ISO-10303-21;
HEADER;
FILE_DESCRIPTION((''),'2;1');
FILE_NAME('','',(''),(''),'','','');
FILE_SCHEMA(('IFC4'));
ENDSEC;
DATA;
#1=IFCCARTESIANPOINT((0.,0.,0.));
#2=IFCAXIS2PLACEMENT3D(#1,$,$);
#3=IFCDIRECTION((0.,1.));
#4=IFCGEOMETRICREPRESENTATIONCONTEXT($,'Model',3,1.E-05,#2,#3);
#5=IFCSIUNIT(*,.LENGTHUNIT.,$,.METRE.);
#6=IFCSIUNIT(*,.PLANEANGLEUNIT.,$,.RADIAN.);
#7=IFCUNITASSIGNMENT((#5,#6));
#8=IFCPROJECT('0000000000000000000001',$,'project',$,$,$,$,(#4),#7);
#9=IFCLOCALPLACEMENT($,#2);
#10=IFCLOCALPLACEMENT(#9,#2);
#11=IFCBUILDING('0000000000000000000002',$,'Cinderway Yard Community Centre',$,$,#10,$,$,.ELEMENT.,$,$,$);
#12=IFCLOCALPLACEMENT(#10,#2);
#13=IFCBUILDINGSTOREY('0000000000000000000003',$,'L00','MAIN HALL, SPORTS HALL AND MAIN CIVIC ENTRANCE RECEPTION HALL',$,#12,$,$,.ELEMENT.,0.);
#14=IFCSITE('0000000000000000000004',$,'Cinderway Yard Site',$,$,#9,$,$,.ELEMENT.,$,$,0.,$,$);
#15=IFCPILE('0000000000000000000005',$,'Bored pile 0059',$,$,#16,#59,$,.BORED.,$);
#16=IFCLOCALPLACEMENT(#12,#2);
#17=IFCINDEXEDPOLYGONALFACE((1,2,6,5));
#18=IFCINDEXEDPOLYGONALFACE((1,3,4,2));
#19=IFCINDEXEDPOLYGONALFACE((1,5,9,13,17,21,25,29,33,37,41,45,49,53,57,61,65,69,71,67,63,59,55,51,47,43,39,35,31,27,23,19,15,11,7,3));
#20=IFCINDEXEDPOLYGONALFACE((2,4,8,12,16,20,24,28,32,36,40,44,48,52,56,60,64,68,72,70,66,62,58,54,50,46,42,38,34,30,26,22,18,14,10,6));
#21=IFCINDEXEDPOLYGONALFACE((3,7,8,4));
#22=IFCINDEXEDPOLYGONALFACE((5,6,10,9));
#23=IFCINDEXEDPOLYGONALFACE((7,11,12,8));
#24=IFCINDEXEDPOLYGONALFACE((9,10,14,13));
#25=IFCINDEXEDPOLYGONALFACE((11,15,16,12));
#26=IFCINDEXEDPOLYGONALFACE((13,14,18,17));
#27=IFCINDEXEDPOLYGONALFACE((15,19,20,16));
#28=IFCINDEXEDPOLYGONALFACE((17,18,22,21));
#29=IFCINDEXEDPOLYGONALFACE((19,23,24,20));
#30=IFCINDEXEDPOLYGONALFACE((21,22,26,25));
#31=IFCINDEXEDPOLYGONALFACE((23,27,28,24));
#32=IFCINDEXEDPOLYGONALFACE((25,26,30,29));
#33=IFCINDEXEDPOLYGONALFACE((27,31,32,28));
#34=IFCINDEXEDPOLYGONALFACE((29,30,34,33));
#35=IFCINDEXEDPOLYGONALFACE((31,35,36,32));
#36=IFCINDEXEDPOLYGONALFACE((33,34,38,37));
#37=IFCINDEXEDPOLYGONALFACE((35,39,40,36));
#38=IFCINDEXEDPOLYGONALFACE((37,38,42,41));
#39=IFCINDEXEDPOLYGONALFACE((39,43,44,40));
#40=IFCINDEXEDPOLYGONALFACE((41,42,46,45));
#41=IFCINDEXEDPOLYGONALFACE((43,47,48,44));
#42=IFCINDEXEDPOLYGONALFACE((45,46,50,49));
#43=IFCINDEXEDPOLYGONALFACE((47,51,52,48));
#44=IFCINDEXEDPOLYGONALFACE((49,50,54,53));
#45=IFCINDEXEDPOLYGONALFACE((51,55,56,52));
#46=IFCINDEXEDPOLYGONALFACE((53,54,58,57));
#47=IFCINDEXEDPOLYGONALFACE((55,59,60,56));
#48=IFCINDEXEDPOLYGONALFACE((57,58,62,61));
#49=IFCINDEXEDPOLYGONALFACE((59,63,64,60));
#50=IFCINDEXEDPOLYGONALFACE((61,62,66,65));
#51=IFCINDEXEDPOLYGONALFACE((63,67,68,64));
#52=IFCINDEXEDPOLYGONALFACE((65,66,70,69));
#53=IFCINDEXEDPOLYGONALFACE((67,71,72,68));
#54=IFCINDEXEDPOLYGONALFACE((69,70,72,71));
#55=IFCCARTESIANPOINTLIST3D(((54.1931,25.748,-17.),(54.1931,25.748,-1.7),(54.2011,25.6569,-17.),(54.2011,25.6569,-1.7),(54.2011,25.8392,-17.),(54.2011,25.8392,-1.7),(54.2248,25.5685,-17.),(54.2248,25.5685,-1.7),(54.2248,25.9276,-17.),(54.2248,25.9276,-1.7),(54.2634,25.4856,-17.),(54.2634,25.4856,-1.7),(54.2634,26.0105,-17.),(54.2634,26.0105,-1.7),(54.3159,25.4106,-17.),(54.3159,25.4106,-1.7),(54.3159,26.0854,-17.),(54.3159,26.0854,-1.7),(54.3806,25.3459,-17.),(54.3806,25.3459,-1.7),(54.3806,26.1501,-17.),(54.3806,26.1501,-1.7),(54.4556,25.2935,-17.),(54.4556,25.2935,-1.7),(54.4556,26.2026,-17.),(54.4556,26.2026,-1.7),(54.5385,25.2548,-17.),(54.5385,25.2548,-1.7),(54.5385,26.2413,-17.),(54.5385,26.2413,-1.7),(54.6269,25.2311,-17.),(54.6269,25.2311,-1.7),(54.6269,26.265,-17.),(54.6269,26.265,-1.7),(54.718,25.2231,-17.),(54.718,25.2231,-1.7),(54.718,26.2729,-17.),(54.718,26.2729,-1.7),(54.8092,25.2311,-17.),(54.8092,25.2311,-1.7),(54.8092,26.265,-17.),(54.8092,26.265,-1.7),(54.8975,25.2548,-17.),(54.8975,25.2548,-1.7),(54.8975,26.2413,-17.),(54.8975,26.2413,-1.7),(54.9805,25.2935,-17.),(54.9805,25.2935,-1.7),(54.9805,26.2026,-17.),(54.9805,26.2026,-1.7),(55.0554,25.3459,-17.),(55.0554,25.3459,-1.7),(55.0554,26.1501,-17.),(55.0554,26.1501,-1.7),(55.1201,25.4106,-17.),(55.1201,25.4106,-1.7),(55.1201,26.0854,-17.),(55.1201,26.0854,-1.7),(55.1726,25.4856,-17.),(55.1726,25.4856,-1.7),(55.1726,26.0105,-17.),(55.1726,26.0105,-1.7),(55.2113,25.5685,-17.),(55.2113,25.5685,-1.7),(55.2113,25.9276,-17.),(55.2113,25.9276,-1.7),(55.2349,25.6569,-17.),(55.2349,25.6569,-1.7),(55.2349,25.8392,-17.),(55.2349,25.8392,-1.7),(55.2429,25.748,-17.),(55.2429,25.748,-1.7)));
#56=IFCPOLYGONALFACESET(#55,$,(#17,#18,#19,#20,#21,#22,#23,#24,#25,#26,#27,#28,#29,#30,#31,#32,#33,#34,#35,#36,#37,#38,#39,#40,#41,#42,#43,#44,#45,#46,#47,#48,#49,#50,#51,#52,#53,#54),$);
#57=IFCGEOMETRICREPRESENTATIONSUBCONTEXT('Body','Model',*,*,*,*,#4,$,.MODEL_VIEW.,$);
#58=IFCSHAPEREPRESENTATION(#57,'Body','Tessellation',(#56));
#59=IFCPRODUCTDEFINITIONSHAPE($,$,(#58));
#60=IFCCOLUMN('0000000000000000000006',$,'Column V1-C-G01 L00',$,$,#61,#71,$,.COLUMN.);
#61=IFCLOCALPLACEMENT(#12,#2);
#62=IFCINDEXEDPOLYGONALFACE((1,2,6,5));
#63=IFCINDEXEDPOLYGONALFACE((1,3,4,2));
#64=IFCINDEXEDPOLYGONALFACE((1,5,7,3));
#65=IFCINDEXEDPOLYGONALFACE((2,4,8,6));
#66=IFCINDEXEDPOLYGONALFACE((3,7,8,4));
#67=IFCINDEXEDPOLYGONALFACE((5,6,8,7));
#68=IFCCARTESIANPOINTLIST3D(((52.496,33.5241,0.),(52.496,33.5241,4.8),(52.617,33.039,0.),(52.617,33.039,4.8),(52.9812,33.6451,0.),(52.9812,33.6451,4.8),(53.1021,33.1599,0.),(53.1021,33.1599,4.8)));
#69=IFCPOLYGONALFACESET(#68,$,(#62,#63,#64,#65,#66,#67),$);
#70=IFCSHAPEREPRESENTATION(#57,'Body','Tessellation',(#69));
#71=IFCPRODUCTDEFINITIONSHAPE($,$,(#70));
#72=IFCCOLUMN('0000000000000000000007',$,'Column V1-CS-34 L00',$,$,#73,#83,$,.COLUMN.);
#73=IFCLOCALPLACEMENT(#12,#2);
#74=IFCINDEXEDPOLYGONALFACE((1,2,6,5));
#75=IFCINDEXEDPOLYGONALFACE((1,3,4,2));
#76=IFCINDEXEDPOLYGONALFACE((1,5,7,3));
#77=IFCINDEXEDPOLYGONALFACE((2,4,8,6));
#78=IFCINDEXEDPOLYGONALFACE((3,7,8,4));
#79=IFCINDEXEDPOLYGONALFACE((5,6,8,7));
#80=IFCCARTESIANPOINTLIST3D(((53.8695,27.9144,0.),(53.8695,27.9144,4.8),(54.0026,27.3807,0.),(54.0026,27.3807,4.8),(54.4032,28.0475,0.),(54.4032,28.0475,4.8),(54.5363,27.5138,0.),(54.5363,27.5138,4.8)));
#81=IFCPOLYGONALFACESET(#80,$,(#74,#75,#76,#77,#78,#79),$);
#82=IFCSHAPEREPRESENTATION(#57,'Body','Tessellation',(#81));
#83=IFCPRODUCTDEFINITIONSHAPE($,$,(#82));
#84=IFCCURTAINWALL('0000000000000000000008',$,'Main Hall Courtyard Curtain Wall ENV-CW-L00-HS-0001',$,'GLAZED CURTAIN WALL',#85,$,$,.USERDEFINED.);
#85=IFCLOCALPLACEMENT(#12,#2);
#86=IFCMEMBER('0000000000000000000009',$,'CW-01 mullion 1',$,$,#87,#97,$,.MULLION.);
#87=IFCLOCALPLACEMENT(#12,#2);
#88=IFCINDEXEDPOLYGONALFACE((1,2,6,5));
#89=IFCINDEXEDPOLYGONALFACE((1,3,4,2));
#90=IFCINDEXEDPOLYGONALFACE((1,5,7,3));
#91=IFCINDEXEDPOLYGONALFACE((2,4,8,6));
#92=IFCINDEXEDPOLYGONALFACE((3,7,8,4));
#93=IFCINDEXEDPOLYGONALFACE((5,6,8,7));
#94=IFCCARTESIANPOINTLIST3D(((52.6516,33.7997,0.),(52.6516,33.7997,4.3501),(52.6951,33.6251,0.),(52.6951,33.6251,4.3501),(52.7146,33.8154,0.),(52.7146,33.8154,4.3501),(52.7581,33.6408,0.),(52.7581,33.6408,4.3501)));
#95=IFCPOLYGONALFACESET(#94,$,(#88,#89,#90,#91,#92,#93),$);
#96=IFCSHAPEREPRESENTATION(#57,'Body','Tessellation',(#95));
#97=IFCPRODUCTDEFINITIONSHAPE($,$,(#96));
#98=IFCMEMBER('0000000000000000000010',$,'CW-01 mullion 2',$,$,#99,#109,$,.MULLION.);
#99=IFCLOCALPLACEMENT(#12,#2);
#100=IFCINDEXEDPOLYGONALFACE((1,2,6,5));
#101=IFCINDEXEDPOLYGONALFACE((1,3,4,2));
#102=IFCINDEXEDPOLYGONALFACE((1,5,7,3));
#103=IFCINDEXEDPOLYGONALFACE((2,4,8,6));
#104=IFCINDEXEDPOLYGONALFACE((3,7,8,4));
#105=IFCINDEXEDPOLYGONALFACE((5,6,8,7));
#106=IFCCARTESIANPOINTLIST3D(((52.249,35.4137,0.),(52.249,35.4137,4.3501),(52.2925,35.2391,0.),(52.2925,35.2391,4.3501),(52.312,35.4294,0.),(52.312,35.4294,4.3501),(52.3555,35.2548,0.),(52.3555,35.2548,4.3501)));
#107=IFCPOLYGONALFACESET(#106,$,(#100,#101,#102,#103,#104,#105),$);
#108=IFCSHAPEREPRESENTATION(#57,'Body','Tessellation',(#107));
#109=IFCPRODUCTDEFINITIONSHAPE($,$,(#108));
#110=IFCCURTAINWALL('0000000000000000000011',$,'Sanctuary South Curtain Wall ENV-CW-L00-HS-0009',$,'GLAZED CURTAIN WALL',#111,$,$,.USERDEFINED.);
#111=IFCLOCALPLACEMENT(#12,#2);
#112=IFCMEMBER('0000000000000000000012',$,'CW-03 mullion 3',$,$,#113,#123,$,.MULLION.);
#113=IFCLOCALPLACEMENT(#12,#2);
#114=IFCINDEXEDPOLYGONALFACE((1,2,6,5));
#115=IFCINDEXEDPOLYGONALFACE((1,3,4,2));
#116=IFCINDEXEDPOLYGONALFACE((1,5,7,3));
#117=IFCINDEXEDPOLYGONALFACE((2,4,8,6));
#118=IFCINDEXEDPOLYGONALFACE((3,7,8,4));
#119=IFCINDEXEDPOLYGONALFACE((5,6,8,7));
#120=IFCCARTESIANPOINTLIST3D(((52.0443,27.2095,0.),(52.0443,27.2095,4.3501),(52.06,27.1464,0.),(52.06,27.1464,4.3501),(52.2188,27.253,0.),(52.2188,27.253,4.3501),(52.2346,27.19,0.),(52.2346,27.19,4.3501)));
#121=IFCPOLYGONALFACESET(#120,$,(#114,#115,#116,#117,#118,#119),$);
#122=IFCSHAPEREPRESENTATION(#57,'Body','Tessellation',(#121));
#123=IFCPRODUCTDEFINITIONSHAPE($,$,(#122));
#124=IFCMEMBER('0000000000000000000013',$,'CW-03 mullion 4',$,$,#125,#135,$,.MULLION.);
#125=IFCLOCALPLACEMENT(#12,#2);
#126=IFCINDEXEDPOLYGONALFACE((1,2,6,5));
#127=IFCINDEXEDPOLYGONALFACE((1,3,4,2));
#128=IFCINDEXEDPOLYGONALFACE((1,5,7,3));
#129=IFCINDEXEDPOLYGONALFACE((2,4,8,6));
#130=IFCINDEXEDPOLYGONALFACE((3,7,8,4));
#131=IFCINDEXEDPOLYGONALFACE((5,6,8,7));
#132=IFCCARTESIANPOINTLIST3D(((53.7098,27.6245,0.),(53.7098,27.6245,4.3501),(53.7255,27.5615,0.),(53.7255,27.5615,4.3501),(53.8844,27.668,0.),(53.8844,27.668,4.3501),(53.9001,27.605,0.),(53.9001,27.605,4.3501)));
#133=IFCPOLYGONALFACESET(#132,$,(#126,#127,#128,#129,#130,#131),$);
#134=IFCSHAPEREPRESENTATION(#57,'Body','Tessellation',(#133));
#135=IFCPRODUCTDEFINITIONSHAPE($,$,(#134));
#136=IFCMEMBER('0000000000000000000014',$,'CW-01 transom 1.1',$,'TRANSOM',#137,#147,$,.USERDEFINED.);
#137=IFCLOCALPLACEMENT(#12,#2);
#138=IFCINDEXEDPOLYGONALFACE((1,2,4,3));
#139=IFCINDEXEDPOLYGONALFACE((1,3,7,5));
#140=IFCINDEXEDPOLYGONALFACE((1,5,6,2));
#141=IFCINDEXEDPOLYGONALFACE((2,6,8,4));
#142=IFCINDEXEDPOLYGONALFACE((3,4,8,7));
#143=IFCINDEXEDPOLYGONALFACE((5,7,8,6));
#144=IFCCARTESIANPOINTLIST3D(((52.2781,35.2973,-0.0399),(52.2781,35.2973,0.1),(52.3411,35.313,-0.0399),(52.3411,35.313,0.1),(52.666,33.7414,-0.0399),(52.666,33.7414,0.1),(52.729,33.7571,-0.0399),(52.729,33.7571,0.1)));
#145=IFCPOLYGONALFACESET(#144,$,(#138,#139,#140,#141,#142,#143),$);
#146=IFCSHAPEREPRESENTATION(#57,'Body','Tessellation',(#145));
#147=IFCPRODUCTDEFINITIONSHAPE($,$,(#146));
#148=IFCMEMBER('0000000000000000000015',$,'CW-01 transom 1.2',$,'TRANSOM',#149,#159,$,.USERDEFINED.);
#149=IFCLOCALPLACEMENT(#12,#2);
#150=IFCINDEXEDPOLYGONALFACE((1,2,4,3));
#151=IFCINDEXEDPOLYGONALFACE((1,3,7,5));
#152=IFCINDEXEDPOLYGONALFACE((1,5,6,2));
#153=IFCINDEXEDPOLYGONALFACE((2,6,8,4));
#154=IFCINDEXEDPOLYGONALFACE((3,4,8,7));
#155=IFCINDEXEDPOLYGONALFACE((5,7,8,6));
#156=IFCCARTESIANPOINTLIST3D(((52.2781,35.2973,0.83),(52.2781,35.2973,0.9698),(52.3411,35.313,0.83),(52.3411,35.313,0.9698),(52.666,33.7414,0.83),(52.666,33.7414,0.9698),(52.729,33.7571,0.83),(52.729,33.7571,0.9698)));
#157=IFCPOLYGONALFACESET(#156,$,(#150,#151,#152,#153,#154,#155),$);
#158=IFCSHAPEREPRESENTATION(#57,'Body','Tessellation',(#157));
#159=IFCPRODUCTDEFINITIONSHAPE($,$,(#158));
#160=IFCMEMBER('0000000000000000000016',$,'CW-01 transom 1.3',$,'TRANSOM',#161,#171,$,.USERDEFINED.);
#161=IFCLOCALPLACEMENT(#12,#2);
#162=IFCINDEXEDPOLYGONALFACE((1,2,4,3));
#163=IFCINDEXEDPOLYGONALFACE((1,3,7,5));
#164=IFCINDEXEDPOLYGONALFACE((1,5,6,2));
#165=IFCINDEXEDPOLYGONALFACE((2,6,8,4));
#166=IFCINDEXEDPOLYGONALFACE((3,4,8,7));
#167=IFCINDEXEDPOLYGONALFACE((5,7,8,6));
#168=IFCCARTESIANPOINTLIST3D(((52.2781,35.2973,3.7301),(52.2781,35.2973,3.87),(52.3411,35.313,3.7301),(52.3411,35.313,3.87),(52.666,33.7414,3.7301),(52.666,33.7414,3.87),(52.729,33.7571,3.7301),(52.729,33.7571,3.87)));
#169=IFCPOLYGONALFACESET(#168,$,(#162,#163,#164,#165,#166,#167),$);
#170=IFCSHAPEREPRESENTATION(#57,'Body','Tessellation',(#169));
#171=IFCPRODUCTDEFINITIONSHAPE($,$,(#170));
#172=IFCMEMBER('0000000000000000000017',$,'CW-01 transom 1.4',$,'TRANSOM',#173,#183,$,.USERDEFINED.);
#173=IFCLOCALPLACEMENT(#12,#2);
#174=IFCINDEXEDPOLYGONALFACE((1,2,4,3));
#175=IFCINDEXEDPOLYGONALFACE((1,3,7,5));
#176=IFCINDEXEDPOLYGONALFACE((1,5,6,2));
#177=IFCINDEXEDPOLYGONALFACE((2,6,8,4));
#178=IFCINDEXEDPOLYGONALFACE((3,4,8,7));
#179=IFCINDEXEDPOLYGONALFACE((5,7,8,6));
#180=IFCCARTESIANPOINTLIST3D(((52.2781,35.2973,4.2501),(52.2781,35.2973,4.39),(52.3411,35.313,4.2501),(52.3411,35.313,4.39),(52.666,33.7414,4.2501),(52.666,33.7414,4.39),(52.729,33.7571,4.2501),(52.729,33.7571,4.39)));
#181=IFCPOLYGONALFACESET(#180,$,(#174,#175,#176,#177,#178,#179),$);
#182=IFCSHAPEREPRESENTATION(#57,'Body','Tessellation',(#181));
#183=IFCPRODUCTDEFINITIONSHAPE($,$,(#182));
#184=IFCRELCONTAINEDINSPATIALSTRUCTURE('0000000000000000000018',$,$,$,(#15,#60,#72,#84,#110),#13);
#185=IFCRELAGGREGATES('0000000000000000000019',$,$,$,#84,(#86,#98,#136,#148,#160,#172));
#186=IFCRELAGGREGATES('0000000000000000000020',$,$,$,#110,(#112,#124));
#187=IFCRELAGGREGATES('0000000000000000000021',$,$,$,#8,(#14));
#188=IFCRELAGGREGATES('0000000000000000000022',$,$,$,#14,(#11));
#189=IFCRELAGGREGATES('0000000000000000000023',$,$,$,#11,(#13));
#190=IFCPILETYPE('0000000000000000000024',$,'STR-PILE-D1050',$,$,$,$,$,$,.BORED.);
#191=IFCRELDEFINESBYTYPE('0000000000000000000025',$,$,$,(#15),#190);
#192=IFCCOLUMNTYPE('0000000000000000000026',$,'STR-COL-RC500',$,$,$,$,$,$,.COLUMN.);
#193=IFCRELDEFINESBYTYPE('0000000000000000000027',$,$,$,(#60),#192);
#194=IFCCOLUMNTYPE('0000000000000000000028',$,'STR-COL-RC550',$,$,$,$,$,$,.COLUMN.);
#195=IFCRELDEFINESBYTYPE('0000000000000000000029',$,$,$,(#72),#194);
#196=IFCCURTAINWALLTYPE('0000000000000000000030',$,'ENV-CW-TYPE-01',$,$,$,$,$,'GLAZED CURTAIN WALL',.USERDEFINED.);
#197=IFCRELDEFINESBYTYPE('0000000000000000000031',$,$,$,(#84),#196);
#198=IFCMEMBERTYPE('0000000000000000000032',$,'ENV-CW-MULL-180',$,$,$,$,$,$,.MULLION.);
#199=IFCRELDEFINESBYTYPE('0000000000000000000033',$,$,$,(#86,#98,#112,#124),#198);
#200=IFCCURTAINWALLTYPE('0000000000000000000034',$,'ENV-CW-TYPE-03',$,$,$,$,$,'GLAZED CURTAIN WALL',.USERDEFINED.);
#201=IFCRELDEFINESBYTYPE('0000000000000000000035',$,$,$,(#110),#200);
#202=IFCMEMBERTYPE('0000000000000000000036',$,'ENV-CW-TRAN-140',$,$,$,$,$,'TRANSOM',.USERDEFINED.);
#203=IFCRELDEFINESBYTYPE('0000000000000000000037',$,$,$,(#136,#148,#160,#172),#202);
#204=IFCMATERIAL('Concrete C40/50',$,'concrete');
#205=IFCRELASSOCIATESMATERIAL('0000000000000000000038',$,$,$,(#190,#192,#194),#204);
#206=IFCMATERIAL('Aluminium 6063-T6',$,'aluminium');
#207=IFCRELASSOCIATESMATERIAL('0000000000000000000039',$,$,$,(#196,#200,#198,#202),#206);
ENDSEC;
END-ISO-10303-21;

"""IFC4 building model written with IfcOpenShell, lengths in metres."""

from ifc_helpers import new_model, si_unit, direction, frame, origin, origin_2d, place, context, subcontext, project, spatial, rectangle, circle, extrude, material, material_profile, profile_set, type_object, element, aggregate, save


model = new_model("IFC4")

# Units and contexts
model_context = context("Model", 3, precision=1e-05, world=origin(), true_north=direction((0.0, 1.0)))
body_context = subcontext(model_context, "Body", "Model", "MODEL_VIEW")
ifc_project = project(units=[si_unit("LENGTHUNIT", "METRE"), si_unit("PLANEANGLEUNIT", "RADIAN")], contexts=[model_context])

# Site, building, storey
site_placement = place(None, origin())
site = spatial("IfcSite", under=ifc_project, at=site_placement, Name="Cinderway Yard Site", CompositionType="ELEMENT", RefElevation=0.0)
building_placement = place(site_placement, origin())
building = spatial("IfcBuilding", under=site, at=building_placement, Name="Cinderway Yard Community Centre", CompositionType="ELEMENT")
storey_placement = place(building_placement, origin())
storey = spatial("IfcBuildingStorey", under=building, at=storey_placement, Name="L00", Description="MAIN HALL, SPORTS HALL AND MAIN CIVIC ENTRANCE RECEPTION HALL", CompositionType="ELEMENT", Elevation=0.0)

# Pile
ifc_material_1 = material(Name="Concrete C40/50", Category="concrete")
ifc_material_profile_1 = material_profile(ifc_material_1, circle(Radius=0.5249, at=origin_2d()), Name="Concrete C40/50")
ifc_profile_set_1 = profile_set([ifc_material_profile_1], Name="Concrete C40/50")
pile_type = type_object("IfcPileType", Name="STR-PILE-D1050", PredefinedType="BORED", material=ifc_profile_set_1)
pile_placement = place(storey_placement, frame((54.718, 25.748, -1.7), z_axis=(0.0, 0.0, -1.0), x_axis=(1.0, 0.0, 0.0)))
element("IfcPile", 1, at=pile_placement, inside=storey, type_object=pile_type, Name="Bored pile 0059", PredefinedType="BORED", context=body_context, shape_type="SweptSolid", body=[
    extrude(circle(Radius=0.5249, at=origin_2d()), origin(), (0.0, 0.0, 1.0), 15.3),
])

# Columns
ifc_material_profile_2 = material_profile(ifc_material_1, rectangle(XDim=0.5, YDim=0.5, at=origin_2d()), Name="Concrete C40/50")
ifc_profile_set_2 = profile_set([ifc_material_profile_2], Name="Concrete C40/50")
column_type_1 = type_object("IfcColumnType", Name="STR-COL-RC500", PredefinedType="COLUMN", material=ifc_profile_set_2)
column_1_placement = place(storey_placement, frame((52.7991, 33.342, 0.0), z_axis=(0.0, 0.0, 1.0), x_axis=(0.970296, 0.241922, 0.0)))
element("IfcColumn", 2, at=column_1_placement, inside=storey, type_object=column_type_1, Name="Column V1-C-G01 L00", PredefinedType="COLUMN", context=body_context, shape_type="SweptSolid", body=[
    extrude(rectangle(XDim=0.5, YDim=0.5, at=origin_2d()), origin(), (0.0, 0.0, 1.0), 4.8),
])
ifc_material_profile_3 = material_profile(ifc_material_1, rectangle(XDim=0.55, YDim=0.55, at=origin_2d()), Name="Concrete C40/50")
ifc_profile_set_3 = profile_set([ifc_material_profile_3], Name="Concrete C40/50")
column_type_2 = type_object("IfcColumnType", Name="STR-COL-RC550", PredefinedType="COLUMN", material=ifc_profile_set_3)
column_2_placement = place(storey_placement, frame((54.2029, 27.7141, 0.0), z_axis=(0.0, 0.0, 1.0), x_axis=(0.970296, 0.241922, 0.0)))
element("IfcColumn", 3, at=column_2_placement, inside=storey, type_object=column_type_2, Name="Column V1-CS-34 L00", PredefinedType="COLUMN", context=body_context, shape_type="SweptSolid", body=[
    extrude(rectangle(XDim=0.55, YDim=0.55, at=origin_2d()), origin(), (0.0, 0.0, 1.0), 4.8),
])

# Curtain walls, members
ifc_material_2 = material(Name="Aluminium 6063-T6", Category="aluminium")
curtain_wall_type_1 = type_object("IfcCurtainWallType", Name="ENV-CW-TYPE-01", ElementType="GLAZED CURTAIN WALL", PredefinedType="USERDEFINED", material=ifc_material_2)
curtain_wall_1_placement = place(storey_placement, origin())
curtain_wall_1 = element("IfcCurtainWall", 4, at=curtain_wall_1_placement, inside=storey, type_object=curtain_wall_type_1, Name="Main Hall Courtyard Curtain Wall ENV-CW-L00-HS-0001", ObjectType="GLAZED CURTAIN WALL", PredefinedType="USERDEFINED")
ifc_material_profile_4 = material_profile(ifc_material_2, rectangle(XDim=0.0649, YDim=0.1799, at=origin_2d()), Name="Aluminium 6063-T6")
ifc_profile_set_4 = profile_set([ifc_material_profile_4], Name="Aluminium 6063-T6")
member_type_1 = type_object("IfcMemberType", Name="ENV-CW-MULL-180", PredefinedType="MULLION", material=ifc_profile_set_4)
member_1_placement = place(storey_placement, frame((52.7048, 33.7202, 0.0), z_axis=(0.0, 0.0, 1.0), x_axis=(-0.970304, -0.241887, 0.0)))
member_1 = element("IfcMember", 5, at=member_1_placement, type_object=member_type_1, Name="CW-01 mullion 1", PredefinedType="MULLION", context=body_context, shape_type="SweptSolid", body=[
    extrude(rectangle(XDim=0.0649, YDim=0.1799, at=origin_2d()), origin(), (0.0, 0.0, 1.0), 4.3501),
])
member_2_placement = place(storey_placement, frame((52.3022, 35.3342, 0.0), z_axis=(0.0, 0.0, 1.0), x_axis=(-0.970304, -0.241887, 0.0)))
member_2 = element("IfcMember", 6, at=member_2_placement, type_object=member_type_1, Name="CW-01 mullion 2", PredefinedType="MULLION", context=body_context, shape_type="SweptSolid", body=[
    extrude(rectangle(XDim=0.0649, YDim=0.1799, at=origin_2d()), origin(), (0.0, 0.0, 1.0), 4.3501),
])
curtain_wall_type_2 = type_object("IfcCurtainWallType", Name="ENV-CW-TYPE-03", ElementType="GLAZED CURTAIN WALL", PredefinedType="USERDEFINED", material=ifc_material_2)
curtain_wall_2_placement = place(storey_placement, origin())
curtain_wall_2 = element("IfcCurtainWall", 7, at=curtain_wall_2_placement, inside=storey, type_object=curtain_wall_type_2, Name="Sanctuary South Curtain Wall ENV-CW-L00-HS-0009", ObjectType="GLAZED CURTAIN WALL", PredefinedType="USERDEFINED")
member_3_placement = place(storey_placement, frame((52.1394, 27.1997, 0.0), z_axis=(0.0, 0.0, 1.0), x_axis=(-0.241817, 0.970322, 0.0)))
member_3 = element("IfcMember", 8, at=member_3_placement, type_object=member_type_1, Name="CW-03 mullion 3", PredefinedType="MULLION", context=body_context, shape_type="SweptSolid", body=[
    extrude(rectangle(XDim=0.0649, YDim=0.1799, at=origin_2d()), origin(), (0.0, 0.0, 1.0), 4.3501),
])
member_4_placement = place(storey_placement, frame((53.8049, 27.6147, 0.0), z_axis=(0.0, 0.0, 1.0), x_axis=(-0.241817, 0.970322, 0.0)))
member_4 = element("IfcMember", 9, at=member_4_placement, type_object=member_type_1, Name="CW-03 mullion 4", PredefinedType="MULLION", context=body_context, shape_type="SweptSolid", body=[
    extrude(rectangle(XDim=0.0649, YDim=0.1799, at=origin_2d()), origin(), (0.0, 0.0, 1.0), 4.3501),
])

# Members
ifc_material_profile_5 = material_profile(ifc_material_2, rectangle(XDim=0.0649, YDim=0.1399, at=origin_2d()), Name="Aluminium 6063-T6")
ifc_profile_set_5 = profile_set([ifc_material_profile_5], Name="Aluminium 6063-T6")
member_type_2 = type_object("IfcMemberType", Name="ENV-CW-TRAN-140", ElementType="TRANSOM", PredefinedType="USERDEFINED", material=ifc_profile_set_5)
member_5_placement = place(storey_placement, frame((52.6975, 33.7493, 0.03), z_axis=(-0.241927, 0.970295, 0.0), x_axis=(-0.970295, -0.241927, 0.0)))
member_5 = element("IfcMember", 10, at=member_5_placement, type_object=member_type_2, Name="CW-01 transom 1.1", ObjectType="TRANSOM", PredefinedType="USERDEFINED", context=body_context, shape_type="SweptSolid", body=[
    extrude(rectangle(XDim=0.0649, YDim=0.1399, at=origin_2d()), origin(), (0.0, 0.0, 1.0), 1.6035),
])
member_6_placement = place(storey_placement, frame((52.6975, 33.7493, 0.8999), z_axis=(-0.241927, 0.970295, 0.0), x_axis=(-0.970295, -0.241927, 0.0)))
member_6 = element("IfcMember", 11, at=member_6_placement, type_object=member_type_2, Name="CW-01 transom 1.2", ObjectType="TRANSOM", PredefinedType="USERDEFINED", context=body_context, shape_type="SweptSolid", body=[
    extrude(rectangle(XDim=0.0649, YDim=0.1399, at=origin_2d()), origin(), (0.0, 0.0, 1.0), 1.6035),
])
member_7_placement = place(storey_placement, frame((52.6975, 33.7493, 3.8), z_axis=(-0.241927, 0.970295, 0.0), x_axis=(-0.970295, -0.241927, 0.0)))
member_7 = element("IfcMember", 12, at=member_7_placement, type_object=member_type_2, Name="CW-01 transom 1.3", ObjectType="TRANSOM", PredefinedType="USERDEFINED", context=body_context, shape_type="SweptSolid", body=[
    extrude(rectangle(XDim=0.0649, YDim=0.1399, at=origin_2d()), origin(), (0.0, 0.0, 1.0), 1.6035),
])
member_8_placement = place(storey_placement, frame((52.6975, 33.7493, 4.3201), z_axis=(-0.241927, 0.970295, 0.0), x_axis=(-0.970295, -0.241927, 0.0)))
member_8 = element("IfcMember", 13, at=member_8_placement, type_object=member_type_2, Name="CW-01 transom 1.4", ObjectType="TRANSOM", PredefinedType="USERDEFINED", context=body_context, shape_type="SweptSolid", body=[
    extrude(rectangle(XDim=0.0649, YDim=0.1399, at=origin_2d()), origin(), (0.0, 0.0, 1.0), 1.6035),
])

aggregate(curtain_wall_1, [member_1, member_2, member_5, member_6, member_7, member_8])
aggregate(curtain_wall_2, [member_3, member_4])

save(model, "model.ifc")
